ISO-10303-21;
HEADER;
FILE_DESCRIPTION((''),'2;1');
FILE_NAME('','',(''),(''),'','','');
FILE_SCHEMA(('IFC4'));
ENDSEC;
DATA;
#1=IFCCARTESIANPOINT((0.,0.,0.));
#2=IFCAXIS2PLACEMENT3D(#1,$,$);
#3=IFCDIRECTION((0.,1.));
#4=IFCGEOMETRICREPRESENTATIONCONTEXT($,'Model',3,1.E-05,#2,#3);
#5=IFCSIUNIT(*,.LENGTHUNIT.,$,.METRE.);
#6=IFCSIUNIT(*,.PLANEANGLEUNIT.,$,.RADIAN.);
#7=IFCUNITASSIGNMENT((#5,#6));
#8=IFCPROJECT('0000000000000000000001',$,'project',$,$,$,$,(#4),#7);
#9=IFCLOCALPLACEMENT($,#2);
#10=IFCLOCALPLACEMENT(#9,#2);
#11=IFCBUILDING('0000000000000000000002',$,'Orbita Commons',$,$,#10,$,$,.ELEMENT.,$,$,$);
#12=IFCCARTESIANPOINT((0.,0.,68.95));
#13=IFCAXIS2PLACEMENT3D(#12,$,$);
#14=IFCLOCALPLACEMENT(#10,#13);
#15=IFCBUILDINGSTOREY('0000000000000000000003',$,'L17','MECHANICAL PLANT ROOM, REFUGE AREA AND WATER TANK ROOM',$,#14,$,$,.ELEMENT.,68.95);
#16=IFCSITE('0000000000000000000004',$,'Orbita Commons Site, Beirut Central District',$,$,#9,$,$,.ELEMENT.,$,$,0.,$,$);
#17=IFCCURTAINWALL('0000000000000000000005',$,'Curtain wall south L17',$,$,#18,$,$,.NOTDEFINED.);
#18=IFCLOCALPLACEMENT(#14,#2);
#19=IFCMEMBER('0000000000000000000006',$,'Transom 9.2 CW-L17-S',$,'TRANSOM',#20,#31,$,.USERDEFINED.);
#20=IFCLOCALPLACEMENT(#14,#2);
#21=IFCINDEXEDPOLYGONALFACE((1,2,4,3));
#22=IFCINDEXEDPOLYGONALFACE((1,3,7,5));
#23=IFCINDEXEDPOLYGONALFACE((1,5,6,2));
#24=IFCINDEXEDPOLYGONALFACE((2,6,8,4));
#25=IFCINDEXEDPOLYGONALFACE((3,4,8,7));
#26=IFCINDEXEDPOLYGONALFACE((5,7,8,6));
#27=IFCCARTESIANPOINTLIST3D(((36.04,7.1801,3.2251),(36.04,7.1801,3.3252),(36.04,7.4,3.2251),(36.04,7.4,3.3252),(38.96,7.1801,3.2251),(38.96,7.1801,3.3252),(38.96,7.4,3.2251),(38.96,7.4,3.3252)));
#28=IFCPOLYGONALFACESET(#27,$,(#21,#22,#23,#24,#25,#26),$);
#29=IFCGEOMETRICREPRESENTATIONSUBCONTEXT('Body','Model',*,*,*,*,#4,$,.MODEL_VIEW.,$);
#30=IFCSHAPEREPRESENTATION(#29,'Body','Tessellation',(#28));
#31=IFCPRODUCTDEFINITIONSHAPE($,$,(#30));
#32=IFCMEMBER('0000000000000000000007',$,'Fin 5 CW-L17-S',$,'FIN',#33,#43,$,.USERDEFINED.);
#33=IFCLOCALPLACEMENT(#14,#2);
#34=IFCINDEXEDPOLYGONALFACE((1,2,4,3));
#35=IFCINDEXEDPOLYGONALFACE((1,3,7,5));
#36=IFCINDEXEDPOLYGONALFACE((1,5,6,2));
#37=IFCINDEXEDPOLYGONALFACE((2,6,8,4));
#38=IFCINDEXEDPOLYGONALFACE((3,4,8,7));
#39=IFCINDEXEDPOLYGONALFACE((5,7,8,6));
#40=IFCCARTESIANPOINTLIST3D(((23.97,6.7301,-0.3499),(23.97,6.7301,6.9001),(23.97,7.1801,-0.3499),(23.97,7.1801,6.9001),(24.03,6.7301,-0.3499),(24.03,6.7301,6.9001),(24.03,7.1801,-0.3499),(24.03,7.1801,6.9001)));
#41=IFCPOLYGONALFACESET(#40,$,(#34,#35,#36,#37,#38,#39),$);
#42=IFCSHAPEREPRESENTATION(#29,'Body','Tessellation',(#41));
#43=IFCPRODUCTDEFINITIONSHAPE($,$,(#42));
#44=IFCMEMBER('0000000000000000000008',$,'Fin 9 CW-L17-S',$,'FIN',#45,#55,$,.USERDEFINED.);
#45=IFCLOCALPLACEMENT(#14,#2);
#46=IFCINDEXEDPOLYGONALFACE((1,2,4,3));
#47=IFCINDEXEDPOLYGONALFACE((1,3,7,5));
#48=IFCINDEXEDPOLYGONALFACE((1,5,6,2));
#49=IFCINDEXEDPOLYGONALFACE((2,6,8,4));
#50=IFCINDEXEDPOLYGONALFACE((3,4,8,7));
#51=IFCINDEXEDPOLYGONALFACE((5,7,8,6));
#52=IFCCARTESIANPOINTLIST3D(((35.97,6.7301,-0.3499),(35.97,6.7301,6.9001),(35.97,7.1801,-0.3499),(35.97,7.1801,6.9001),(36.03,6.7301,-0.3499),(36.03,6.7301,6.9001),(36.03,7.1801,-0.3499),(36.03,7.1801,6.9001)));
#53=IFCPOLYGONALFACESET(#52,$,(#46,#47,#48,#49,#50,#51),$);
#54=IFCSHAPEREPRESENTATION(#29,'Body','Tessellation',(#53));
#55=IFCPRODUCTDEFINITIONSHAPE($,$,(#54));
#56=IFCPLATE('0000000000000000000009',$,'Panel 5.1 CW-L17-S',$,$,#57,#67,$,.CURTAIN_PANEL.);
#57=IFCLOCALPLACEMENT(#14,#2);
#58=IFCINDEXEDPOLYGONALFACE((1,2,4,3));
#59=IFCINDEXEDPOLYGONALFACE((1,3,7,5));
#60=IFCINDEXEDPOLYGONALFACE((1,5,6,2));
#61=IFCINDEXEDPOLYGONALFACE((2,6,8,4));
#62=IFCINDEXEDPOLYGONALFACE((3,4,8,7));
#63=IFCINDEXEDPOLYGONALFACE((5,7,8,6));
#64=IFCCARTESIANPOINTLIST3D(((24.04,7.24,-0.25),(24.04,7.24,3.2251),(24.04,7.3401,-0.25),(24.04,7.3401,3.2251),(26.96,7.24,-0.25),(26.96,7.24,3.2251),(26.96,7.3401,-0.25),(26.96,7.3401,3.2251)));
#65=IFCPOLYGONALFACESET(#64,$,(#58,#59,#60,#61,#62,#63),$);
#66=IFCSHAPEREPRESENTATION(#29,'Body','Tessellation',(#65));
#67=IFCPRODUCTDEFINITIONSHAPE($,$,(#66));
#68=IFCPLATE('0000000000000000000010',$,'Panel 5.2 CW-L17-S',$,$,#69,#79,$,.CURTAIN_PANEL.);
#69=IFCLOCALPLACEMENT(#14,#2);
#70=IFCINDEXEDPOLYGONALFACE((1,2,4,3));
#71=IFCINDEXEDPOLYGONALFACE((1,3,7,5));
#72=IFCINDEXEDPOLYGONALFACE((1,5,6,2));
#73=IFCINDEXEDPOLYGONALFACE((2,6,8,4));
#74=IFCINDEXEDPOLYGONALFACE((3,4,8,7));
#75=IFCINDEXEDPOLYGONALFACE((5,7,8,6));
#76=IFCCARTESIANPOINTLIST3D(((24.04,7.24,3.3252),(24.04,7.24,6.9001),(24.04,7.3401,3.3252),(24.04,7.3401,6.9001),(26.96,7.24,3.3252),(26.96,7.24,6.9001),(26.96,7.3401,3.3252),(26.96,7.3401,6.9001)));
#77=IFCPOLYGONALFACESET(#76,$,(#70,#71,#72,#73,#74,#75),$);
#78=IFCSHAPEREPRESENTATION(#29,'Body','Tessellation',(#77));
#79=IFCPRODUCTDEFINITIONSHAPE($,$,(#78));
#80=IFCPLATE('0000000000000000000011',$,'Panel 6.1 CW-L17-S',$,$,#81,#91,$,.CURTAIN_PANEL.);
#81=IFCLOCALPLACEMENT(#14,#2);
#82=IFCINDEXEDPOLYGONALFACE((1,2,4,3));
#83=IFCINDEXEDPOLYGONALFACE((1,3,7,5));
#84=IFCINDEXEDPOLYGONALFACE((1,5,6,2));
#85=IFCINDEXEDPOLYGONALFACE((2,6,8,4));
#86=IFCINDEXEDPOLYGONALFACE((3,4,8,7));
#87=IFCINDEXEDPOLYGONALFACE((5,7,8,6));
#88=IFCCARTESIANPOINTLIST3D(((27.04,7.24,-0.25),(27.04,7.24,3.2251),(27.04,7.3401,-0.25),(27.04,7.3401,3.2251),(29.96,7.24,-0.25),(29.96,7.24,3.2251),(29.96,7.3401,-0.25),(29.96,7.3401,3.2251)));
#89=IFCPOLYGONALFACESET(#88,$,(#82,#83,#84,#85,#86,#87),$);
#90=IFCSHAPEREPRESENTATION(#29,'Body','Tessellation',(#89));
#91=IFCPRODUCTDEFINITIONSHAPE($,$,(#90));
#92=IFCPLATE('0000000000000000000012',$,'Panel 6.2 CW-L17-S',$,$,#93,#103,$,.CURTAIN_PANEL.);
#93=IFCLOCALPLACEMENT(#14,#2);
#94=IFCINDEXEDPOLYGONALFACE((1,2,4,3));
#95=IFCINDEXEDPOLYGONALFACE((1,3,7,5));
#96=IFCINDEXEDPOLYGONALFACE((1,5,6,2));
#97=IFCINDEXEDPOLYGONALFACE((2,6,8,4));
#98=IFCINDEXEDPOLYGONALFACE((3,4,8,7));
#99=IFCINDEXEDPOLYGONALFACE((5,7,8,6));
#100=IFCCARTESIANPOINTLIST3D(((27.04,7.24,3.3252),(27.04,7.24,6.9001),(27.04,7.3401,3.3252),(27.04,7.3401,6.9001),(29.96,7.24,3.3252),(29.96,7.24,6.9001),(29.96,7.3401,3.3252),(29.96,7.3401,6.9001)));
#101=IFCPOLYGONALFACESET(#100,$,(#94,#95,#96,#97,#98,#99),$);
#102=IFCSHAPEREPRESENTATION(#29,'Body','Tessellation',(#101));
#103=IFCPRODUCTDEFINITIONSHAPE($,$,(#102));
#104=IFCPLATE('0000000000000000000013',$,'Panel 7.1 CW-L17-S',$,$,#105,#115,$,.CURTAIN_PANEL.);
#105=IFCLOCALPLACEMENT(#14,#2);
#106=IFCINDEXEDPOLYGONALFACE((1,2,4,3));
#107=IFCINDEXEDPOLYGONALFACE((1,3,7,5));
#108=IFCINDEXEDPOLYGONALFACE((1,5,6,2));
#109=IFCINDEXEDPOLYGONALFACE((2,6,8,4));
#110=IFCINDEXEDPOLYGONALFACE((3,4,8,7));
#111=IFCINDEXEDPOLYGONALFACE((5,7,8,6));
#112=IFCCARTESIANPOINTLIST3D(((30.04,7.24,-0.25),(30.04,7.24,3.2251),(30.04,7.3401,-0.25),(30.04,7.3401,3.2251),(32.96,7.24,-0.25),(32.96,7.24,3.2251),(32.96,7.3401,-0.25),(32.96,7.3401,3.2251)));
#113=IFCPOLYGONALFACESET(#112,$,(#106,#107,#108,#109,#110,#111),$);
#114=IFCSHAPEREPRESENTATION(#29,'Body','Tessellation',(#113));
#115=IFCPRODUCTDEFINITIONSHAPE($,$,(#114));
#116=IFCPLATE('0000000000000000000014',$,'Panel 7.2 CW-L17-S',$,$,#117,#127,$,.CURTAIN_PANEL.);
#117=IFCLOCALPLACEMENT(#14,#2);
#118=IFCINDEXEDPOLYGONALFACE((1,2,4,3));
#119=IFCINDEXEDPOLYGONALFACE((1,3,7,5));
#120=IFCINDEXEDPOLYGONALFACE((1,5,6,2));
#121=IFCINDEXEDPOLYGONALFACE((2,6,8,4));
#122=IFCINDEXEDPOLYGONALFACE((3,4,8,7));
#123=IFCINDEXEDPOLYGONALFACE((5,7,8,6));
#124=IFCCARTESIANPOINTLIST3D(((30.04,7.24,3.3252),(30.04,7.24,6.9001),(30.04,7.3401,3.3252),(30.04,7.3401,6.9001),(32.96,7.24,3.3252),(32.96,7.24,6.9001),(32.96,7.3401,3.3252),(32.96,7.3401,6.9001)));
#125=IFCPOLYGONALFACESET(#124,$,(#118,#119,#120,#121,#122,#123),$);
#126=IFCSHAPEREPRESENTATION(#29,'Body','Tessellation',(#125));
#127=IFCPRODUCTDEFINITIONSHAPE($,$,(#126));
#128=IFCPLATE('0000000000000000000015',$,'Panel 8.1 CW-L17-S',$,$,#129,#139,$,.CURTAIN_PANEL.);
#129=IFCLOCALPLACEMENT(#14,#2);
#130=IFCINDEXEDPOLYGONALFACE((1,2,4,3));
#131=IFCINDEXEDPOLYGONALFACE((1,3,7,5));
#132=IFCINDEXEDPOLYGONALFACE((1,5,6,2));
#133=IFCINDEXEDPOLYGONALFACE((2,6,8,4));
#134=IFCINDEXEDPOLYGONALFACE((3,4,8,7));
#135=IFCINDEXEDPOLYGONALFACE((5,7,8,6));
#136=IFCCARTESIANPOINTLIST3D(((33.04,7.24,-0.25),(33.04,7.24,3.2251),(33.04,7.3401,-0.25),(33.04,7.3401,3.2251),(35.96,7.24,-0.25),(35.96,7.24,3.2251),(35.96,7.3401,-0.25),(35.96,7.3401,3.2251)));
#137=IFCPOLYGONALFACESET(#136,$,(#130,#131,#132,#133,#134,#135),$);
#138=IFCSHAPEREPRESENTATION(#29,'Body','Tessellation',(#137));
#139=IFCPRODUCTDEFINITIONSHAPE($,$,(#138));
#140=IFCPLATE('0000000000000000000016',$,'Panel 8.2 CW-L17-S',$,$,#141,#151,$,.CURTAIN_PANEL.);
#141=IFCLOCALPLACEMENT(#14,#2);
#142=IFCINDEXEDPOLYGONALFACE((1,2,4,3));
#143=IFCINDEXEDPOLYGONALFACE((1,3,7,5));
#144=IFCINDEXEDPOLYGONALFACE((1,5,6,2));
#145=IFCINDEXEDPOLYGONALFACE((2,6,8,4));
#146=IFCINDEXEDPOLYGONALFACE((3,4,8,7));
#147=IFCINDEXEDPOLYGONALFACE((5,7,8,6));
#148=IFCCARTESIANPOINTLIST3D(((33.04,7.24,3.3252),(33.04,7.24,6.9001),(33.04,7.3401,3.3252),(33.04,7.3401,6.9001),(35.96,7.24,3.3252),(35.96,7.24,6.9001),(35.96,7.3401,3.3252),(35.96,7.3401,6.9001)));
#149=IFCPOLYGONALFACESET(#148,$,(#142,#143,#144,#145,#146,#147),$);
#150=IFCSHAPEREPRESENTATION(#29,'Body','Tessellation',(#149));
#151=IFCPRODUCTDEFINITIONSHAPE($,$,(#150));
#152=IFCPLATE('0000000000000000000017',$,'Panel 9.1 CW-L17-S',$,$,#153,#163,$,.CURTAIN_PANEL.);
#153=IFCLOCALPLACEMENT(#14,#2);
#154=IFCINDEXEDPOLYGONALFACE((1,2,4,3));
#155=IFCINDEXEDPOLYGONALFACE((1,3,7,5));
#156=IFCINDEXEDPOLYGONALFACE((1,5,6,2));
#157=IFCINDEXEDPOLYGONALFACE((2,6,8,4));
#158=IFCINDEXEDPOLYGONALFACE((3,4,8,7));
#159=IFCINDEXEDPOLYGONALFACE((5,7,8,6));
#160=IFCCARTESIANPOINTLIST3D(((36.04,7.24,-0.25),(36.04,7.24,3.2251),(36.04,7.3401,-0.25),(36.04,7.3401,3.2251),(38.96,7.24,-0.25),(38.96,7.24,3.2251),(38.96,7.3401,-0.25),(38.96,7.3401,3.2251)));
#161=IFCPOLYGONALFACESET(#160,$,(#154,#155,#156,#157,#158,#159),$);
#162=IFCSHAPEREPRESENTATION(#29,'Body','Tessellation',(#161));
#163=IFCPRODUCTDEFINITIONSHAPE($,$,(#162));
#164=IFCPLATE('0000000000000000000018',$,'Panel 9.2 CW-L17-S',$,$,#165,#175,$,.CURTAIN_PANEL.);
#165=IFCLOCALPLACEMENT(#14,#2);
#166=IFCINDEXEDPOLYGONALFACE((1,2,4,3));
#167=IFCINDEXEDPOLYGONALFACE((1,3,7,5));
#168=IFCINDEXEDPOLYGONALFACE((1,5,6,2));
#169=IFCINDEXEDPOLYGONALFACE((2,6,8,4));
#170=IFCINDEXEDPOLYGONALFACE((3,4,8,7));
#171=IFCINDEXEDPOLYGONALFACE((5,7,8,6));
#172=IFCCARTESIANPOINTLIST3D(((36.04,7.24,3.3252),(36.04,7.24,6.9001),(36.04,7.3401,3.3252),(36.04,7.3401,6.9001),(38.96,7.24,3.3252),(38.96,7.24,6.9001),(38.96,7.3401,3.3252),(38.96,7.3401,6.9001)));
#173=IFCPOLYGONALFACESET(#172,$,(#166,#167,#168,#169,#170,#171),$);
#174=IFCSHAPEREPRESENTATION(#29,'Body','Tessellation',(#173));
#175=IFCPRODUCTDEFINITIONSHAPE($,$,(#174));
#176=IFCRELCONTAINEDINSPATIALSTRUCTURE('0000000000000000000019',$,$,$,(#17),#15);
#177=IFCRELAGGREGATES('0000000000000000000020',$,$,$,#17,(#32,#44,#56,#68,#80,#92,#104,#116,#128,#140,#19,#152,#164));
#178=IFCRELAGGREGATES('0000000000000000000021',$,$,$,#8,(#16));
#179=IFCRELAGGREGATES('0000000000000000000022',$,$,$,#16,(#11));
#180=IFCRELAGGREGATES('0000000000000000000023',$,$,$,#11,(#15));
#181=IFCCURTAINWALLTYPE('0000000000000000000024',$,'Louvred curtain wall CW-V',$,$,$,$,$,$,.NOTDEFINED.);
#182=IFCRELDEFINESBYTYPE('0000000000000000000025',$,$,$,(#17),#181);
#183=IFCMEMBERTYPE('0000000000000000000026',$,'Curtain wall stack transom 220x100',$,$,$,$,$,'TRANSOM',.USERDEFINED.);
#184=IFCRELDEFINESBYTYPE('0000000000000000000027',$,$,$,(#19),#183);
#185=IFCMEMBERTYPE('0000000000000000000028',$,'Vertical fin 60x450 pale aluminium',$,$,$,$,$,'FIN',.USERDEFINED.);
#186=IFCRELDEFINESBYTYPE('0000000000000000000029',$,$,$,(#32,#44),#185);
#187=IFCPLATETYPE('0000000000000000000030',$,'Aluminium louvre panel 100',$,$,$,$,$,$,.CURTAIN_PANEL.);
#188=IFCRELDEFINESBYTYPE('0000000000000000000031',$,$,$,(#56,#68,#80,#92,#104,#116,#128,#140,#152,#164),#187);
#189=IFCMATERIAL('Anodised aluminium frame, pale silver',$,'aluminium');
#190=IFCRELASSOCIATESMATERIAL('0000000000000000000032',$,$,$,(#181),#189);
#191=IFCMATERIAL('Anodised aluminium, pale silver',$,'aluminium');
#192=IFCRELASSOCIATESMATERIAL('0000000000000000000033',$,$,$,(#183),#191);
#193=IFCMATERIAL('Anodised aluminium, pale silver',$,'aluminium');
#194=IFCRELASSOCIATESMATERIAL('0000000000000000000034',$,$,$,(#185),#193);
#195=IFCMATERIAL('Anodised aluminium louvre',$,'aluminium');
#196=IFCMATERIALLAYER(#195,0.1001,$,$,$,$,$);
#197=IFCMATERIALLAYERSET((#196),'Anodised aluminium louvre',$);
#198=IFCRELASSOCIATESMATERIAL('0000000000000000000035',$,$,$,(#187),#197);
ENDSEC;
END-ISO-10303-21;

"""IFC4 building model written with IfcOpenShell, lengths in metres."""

from ifc_helpers import new_model, si_unit, direction, frame, origin, origin_2d, place, context, subcontext, project, spatial, rectangle, extrude, material, layer, layer_set, material_profile, profile_set, type_object, element, aggregate, save


model = new_model("IFC4")

# Units and contexts
model_context = context("Model", 3, precision=1e-05, world=origin(), true_north=direction((0.0, 1.0)))
body_context = subcontext(model_context, "Body", "Model", "MODEL_VIEW")
ifc_project = project(units=[si_unit("LENGTHUNIT", "METRE"), si_unit("PLANEANGLEUNIT", "RADIAN")], contexts=[model_context])

# Site, building, storey
site_placement = place(None, origin())
site = spatial("IfcSite", under=ifc_project, at=site_placement, Name="Orbita Commons Site, Beirut Central District", CompositionType="ELEMENT", RefElevation=0.0)
building_placement = place(site_placement, origin())
building = spatial("IfcBuilding", under=site, at=building_placement, Name="Orbita Commons", CompositionType="ELEMENT")
storey_placement = place(building_placement, frame((0.0, 0.0, 68.95)))
storey = spatial("IfcBuildingStorey", under=building, at=storey_placement, Name="L17", Description="MECHANICAL PLANT ROOM, REFUGE AREA AND WATER TANK ROOM", CompositionType="ELEMENT", Elevation=68.95)

# Curtain wall, members, plates
ifc_material_1 = material(Name="Anodised aluminium frame, pale silver", Category="aluminium")
curtain_wall_type = type_object("IfcCurtainWallType", Name="Louvred curtain wall CW-V", PredefinedType="NOTDEFINED", material=ifc_material_1)
curtain_wall_placement = place(storey_placement, origin())
curtain_wall = element("IfcCurtainWall", 1, at=curtain_wall_placement, inside=storey, type_object=curtain_wall_type, Name="Curtain wall south L17", PredefinedType="NOTDEFINED")
ifc_material_2 = material(Name="Anodised aluminium, pale silver", Category="aluminium")
ifc_material_profile_1 = material_profile(ifc_material_2, rectangle(XDim=0.22, YDim=0.1001, at=origin_2d()), Name="AL 220x100")
ifc_profile_set_1 = profile_set([ifc_material_profile_1], Name="Anodised aluminium, pale silver")
member_type_1 = type_object("IfcMemberType", Name="Curtain wall stack transom 220x100", ElementType="TRANSOM", PredefinedType="USERDEFINED", material=ifc_profile_set_1)
member_1_placement = place(storey_placement, frame((36.04, 7.29, 3.2751), z_axis=(1.0, 0.0, 0.0), x_axis=(0.0, 1.0, 0.0)))
member_1 = element("IfcMember", 2, at=member_1_placement, type_object=member_type_1, Name="Transom 9.2 CW-L17-S", ObjectType="TRANSOM", PredefinedType="USERDEFINED", context=body_context, shape_type="SweptSolid", body=[
    extrude(rectangle(XDim=0.22, YDim=0.1001, at=origin_2d()), origin(), (0.0, 0.0, 1.0), 2.9199),
])
ifc_material_3 = material(Name="Anodised aluminium, pale silver", Category="aluminium")
ifc_material_profile_2 = material_profile(ifc_material_3, rectangle(XDim=0.0601, YDim=0.45, at=origin_2d()), Name="FIN 60x450")
ifc_profile_set_2 = profile_set([ifc_material_profile_2], Name="Anodised aluminium, pale silver")
member_type_2 = type_object("IfcMemberType", Name="Vertical fin 60x450 pale aluminium", ElementType="FIN", PredefinedType="USERDEFINED", material=ifc_profile_set_2)
member_2_placement = place(storey_placement, frame((24.0, 6.9551, -0.3499), z_axis=(0.0, 0.0, 1.0), x_axis=(1.0, 0.0, 0.0)))
member_2 = element("IfcMember", 3, at=member_2_placement, type_object=member_type_2, Name="Fin 5 CW-L17-S", ObjectType="FIN", PredefinedType="USERDEFINED", context=body_context, shape_type="SweptSolid", body=[
    extrude(rectangle(XDim=0.0601, YDim=0.45, at=origin_2d()), origin(), (0.0, 0.0, 1.0), 7.25),
])
member_3_placement = place(storey_placement, frame((36.0, 6.9551, -0.3499), z_axis=(0.0, 0.0, 1.0), x_axis=(1.0, 0.0, 0.0)))
member_3 = element("IfcMember", 4, at=member_3_placement, type_object=member_type_2, Name="Fin 9 CW-L17-S", ObjectType="FIN", PredefinedType="USERDEFINED", context=body_context, shape_type="SweptSolid", body=[
    extrude(rectangle(XDim=0.0601, YDim=0.45, at=origin_2d()), origin(), (0.0, 0.0, 1.0), 7.25),
])
ifc_material_4 = material(Name="Anodised aluminium louvre", Category="aluminium")
ifc_layer = layer(ifc_material_4, 0.1001)
ifc_layer_set = layer_set([ifc_layer], Name="Anodised aluminium louvre")
plate_type = type_object("IfcPlateType", Name="Aluminium louvre panel 100", PredefinedType="CURTAIN_PANEL", material=ifc_layer_set)
plate_1_placement = place(storey_placement, frame((25.5, 7.29, -0.25), z_axis=(0.0, 0.0, 1.0), x_axis=(1.0, 0.0, 0.0)))
plate_1 = element("IfcPlate", 5, at=plate_1_placement, type_object=plate_type, Name="Panel 5.1 CW-L17-S", PredefinedType="CURTAIN_PANEL", context=body_context, shape_type="SweptSolid", body=[
    extrude(rectangle(XDim=2.9199, YDim=0.1001, at=origin_2d()), origin(), (0.0, 0.0, 1.0), 3.4751),
])
plate_2_placement = place(storey_placement, frame((25.5, 7.29, 3.3252), z_axis=(0.0, 0.0, 1.0), x_axis=(1.0, 0.0, 0.0)))
plate_2 = element("IfcPlate", 6, at=plate_2_placement, type_object=plate_type, Name="Panel 5.2 CW-L17-S", PredefinedType="CURTAIN_PANEL", context=body_context, shape_type="SweptSolid", body=[
    extrude(rectangle(XDim=2.9199, YDim=0.1001, at=origin_2d()), origin(), (0.0, 0.0, 1.0), 3.575),
])
plate_3_placement = place(storey_placement, frame((28.5, 7.29, -0.25), z_axis=(0.0, 0.0, 1.0), x_axis=(1.0, 0.0, 0.0)))
plate_3 = element("IfcPlate", 7, at=plate_3_placement, type_object=plate_type, Name="Panel 6.1 CW-L17-S", PredefinedType="CURTAIN_PANEL", context=body_context, shape_type="SweptSolid", body=[
    extrude(rectangle(XDim=2.9199, YDim=0.1001, at=origin_2d()), origin(), (0.0, 0.0, 1.0), 3.4751),
])
plate_4_placement = place(storey_placement, frame((28.5, 7.29, 3.3252), z_axis=(0.0, 0.0, 1.0), x_axis=(1.0, 0.0, 0.0)))
plate_4 = element("IfcPlate", 8, at=plate_4_placement, type_object=plate_type, Name="Panel 6.2 CW-L17-S", PredefinedType="CURTAIN_PANEL", context=body_context, shape_type="SweptSolid", body=[
    extrude(rectangle(XDim=2.9199, YDim=0.1001, at=origin_2d()), origin(), (0.0, 0.0, 1.0), 3.575),
])
plate_5_placement = place(storey_placement, frame((31.5, 7.29, -0.25), z_axis=(0.0, 0.0, 1.0), x_axis=(1.0, 0.0, 0.0)))
plate_5 = element("IfcPlate", 9, at=plate_5_placement, type_object=plate_type, Name="Panel 7.1 CW-L17-S", PredefinedType="CURTAIN_PANEL", context=body_context, shape_type="SweptSolid", body=[
    extrude(rectangle(XDim=2.9199, YDim=0.1001, at=origin_2d()), origin(), (0.0, 0.0, 1.0), 3.4751),
])
plate_6_placement = place(storey_placement, frame((31.5, 7.29, 3.3252), z_axis=(0.0, 0.0, 1.0), x_axis=(1.0, 0.0, 0.0)))
plate_6 = element("IfcPlate", 10, at=plate_6_placement, type_object=plate_type, Name="Panel 7.2 CW-L17-S", PredefinedType="CURTAIN_PANEL", context=body_context, shape_type="SweptSolid", body=[
    extrude(rectangle(XDim=2.9199, YDim=0.1001, at=origin_2d()), origin(), (0.0, 0.0, 1.0), 3.575),
])
plate_7_placement = place(storey_placement, frame((34.5, 7.29, -0.25), z_axis=(0.0, 0.0, 1.0), x_axis=(1.0, 0.0, 0.0)))
plate_7 = element("IfcPlate", 11, at=plate_7_placement, type_object=plate_type, Name="Panel 8.1 CW-L17-S", PredefinedType="CURTAIN_PANEL", context=body_context, shape_type="SweptSolid", body=[
    extrude(rectangle(XDim=2.9199, YDim=0.1001, at=origin_2d()), origin(), (0.0, 0.0, 1.0), 3.4751),
])
plate_8_placement = place(storey_placement, frame((34.5, 7.29, 3.3252), z_axis=(0.0, 0.0, 1.0), x_axis=(1.0, 0.0, 0.0)))
plate_8 = element("IfcPlate", 12, at=plate_8_placement, type_object=plate_type, Name="Panel 8.2 CW-L17-S", PredefinedType="CURTAIN_PANEL", context=body_context, shape_type="SweptSolid", body=[
    extrude(rectangle(XDim=2.9199, YDim=0.1001, at=origin_2d()), origin(), (0.0, 0.0, 1.0), 3.575),
])
plate_9_placement = place(storey_placement, frame((37.5, 7.29, -0.25), z_axis=(0.0, 0.0, 1.0), x_axis=(1.0, 0.0, 0.0)))
plate_9 = element("IfcPlate", 13, at=plate_9_placement, type_object=plate_type, Name="Panel 9.1 CW-L17-S", PredefinedType="CURTAIN_PANEL", context=body_context, shape_type="SweptSolid", body=[
    extrude(rectangle(XDim=2.9199, YDim=0.1001, at=origin_2d()), origin(), (0.0, 0.0, 1.0), 3.4751),
])
plate_10_placement = place(storey_placement, frame((37.5, 7.29, 3.3252), z_axis=(0.0, 0.0, 1.0), x_axis=(1.0, 0.0, 0.0)))
plate_10 = element("IfcPlate", 14, at=plate_10_placement, type_object=plate_type, Name="Panel 9.2 CW-L17-S", PredefinedType="CURTAIN_PANEL", context=body_context, shape_type="SweptSolid", body=[
    extrude(rectangle(XDim=2.9199, YDim=0.1001, at=origin_2d()), origin(), (0.0, 0.0, 1.0), 3.575),
])
aggregate(curtain_wall, [member_2, member_3, plate_1, plate_2, plate_3, plate_4, plate_5, plate_6, plate_7, plate_8, member_1, plate_9, plate_10])

save(model, "model.ifc")
